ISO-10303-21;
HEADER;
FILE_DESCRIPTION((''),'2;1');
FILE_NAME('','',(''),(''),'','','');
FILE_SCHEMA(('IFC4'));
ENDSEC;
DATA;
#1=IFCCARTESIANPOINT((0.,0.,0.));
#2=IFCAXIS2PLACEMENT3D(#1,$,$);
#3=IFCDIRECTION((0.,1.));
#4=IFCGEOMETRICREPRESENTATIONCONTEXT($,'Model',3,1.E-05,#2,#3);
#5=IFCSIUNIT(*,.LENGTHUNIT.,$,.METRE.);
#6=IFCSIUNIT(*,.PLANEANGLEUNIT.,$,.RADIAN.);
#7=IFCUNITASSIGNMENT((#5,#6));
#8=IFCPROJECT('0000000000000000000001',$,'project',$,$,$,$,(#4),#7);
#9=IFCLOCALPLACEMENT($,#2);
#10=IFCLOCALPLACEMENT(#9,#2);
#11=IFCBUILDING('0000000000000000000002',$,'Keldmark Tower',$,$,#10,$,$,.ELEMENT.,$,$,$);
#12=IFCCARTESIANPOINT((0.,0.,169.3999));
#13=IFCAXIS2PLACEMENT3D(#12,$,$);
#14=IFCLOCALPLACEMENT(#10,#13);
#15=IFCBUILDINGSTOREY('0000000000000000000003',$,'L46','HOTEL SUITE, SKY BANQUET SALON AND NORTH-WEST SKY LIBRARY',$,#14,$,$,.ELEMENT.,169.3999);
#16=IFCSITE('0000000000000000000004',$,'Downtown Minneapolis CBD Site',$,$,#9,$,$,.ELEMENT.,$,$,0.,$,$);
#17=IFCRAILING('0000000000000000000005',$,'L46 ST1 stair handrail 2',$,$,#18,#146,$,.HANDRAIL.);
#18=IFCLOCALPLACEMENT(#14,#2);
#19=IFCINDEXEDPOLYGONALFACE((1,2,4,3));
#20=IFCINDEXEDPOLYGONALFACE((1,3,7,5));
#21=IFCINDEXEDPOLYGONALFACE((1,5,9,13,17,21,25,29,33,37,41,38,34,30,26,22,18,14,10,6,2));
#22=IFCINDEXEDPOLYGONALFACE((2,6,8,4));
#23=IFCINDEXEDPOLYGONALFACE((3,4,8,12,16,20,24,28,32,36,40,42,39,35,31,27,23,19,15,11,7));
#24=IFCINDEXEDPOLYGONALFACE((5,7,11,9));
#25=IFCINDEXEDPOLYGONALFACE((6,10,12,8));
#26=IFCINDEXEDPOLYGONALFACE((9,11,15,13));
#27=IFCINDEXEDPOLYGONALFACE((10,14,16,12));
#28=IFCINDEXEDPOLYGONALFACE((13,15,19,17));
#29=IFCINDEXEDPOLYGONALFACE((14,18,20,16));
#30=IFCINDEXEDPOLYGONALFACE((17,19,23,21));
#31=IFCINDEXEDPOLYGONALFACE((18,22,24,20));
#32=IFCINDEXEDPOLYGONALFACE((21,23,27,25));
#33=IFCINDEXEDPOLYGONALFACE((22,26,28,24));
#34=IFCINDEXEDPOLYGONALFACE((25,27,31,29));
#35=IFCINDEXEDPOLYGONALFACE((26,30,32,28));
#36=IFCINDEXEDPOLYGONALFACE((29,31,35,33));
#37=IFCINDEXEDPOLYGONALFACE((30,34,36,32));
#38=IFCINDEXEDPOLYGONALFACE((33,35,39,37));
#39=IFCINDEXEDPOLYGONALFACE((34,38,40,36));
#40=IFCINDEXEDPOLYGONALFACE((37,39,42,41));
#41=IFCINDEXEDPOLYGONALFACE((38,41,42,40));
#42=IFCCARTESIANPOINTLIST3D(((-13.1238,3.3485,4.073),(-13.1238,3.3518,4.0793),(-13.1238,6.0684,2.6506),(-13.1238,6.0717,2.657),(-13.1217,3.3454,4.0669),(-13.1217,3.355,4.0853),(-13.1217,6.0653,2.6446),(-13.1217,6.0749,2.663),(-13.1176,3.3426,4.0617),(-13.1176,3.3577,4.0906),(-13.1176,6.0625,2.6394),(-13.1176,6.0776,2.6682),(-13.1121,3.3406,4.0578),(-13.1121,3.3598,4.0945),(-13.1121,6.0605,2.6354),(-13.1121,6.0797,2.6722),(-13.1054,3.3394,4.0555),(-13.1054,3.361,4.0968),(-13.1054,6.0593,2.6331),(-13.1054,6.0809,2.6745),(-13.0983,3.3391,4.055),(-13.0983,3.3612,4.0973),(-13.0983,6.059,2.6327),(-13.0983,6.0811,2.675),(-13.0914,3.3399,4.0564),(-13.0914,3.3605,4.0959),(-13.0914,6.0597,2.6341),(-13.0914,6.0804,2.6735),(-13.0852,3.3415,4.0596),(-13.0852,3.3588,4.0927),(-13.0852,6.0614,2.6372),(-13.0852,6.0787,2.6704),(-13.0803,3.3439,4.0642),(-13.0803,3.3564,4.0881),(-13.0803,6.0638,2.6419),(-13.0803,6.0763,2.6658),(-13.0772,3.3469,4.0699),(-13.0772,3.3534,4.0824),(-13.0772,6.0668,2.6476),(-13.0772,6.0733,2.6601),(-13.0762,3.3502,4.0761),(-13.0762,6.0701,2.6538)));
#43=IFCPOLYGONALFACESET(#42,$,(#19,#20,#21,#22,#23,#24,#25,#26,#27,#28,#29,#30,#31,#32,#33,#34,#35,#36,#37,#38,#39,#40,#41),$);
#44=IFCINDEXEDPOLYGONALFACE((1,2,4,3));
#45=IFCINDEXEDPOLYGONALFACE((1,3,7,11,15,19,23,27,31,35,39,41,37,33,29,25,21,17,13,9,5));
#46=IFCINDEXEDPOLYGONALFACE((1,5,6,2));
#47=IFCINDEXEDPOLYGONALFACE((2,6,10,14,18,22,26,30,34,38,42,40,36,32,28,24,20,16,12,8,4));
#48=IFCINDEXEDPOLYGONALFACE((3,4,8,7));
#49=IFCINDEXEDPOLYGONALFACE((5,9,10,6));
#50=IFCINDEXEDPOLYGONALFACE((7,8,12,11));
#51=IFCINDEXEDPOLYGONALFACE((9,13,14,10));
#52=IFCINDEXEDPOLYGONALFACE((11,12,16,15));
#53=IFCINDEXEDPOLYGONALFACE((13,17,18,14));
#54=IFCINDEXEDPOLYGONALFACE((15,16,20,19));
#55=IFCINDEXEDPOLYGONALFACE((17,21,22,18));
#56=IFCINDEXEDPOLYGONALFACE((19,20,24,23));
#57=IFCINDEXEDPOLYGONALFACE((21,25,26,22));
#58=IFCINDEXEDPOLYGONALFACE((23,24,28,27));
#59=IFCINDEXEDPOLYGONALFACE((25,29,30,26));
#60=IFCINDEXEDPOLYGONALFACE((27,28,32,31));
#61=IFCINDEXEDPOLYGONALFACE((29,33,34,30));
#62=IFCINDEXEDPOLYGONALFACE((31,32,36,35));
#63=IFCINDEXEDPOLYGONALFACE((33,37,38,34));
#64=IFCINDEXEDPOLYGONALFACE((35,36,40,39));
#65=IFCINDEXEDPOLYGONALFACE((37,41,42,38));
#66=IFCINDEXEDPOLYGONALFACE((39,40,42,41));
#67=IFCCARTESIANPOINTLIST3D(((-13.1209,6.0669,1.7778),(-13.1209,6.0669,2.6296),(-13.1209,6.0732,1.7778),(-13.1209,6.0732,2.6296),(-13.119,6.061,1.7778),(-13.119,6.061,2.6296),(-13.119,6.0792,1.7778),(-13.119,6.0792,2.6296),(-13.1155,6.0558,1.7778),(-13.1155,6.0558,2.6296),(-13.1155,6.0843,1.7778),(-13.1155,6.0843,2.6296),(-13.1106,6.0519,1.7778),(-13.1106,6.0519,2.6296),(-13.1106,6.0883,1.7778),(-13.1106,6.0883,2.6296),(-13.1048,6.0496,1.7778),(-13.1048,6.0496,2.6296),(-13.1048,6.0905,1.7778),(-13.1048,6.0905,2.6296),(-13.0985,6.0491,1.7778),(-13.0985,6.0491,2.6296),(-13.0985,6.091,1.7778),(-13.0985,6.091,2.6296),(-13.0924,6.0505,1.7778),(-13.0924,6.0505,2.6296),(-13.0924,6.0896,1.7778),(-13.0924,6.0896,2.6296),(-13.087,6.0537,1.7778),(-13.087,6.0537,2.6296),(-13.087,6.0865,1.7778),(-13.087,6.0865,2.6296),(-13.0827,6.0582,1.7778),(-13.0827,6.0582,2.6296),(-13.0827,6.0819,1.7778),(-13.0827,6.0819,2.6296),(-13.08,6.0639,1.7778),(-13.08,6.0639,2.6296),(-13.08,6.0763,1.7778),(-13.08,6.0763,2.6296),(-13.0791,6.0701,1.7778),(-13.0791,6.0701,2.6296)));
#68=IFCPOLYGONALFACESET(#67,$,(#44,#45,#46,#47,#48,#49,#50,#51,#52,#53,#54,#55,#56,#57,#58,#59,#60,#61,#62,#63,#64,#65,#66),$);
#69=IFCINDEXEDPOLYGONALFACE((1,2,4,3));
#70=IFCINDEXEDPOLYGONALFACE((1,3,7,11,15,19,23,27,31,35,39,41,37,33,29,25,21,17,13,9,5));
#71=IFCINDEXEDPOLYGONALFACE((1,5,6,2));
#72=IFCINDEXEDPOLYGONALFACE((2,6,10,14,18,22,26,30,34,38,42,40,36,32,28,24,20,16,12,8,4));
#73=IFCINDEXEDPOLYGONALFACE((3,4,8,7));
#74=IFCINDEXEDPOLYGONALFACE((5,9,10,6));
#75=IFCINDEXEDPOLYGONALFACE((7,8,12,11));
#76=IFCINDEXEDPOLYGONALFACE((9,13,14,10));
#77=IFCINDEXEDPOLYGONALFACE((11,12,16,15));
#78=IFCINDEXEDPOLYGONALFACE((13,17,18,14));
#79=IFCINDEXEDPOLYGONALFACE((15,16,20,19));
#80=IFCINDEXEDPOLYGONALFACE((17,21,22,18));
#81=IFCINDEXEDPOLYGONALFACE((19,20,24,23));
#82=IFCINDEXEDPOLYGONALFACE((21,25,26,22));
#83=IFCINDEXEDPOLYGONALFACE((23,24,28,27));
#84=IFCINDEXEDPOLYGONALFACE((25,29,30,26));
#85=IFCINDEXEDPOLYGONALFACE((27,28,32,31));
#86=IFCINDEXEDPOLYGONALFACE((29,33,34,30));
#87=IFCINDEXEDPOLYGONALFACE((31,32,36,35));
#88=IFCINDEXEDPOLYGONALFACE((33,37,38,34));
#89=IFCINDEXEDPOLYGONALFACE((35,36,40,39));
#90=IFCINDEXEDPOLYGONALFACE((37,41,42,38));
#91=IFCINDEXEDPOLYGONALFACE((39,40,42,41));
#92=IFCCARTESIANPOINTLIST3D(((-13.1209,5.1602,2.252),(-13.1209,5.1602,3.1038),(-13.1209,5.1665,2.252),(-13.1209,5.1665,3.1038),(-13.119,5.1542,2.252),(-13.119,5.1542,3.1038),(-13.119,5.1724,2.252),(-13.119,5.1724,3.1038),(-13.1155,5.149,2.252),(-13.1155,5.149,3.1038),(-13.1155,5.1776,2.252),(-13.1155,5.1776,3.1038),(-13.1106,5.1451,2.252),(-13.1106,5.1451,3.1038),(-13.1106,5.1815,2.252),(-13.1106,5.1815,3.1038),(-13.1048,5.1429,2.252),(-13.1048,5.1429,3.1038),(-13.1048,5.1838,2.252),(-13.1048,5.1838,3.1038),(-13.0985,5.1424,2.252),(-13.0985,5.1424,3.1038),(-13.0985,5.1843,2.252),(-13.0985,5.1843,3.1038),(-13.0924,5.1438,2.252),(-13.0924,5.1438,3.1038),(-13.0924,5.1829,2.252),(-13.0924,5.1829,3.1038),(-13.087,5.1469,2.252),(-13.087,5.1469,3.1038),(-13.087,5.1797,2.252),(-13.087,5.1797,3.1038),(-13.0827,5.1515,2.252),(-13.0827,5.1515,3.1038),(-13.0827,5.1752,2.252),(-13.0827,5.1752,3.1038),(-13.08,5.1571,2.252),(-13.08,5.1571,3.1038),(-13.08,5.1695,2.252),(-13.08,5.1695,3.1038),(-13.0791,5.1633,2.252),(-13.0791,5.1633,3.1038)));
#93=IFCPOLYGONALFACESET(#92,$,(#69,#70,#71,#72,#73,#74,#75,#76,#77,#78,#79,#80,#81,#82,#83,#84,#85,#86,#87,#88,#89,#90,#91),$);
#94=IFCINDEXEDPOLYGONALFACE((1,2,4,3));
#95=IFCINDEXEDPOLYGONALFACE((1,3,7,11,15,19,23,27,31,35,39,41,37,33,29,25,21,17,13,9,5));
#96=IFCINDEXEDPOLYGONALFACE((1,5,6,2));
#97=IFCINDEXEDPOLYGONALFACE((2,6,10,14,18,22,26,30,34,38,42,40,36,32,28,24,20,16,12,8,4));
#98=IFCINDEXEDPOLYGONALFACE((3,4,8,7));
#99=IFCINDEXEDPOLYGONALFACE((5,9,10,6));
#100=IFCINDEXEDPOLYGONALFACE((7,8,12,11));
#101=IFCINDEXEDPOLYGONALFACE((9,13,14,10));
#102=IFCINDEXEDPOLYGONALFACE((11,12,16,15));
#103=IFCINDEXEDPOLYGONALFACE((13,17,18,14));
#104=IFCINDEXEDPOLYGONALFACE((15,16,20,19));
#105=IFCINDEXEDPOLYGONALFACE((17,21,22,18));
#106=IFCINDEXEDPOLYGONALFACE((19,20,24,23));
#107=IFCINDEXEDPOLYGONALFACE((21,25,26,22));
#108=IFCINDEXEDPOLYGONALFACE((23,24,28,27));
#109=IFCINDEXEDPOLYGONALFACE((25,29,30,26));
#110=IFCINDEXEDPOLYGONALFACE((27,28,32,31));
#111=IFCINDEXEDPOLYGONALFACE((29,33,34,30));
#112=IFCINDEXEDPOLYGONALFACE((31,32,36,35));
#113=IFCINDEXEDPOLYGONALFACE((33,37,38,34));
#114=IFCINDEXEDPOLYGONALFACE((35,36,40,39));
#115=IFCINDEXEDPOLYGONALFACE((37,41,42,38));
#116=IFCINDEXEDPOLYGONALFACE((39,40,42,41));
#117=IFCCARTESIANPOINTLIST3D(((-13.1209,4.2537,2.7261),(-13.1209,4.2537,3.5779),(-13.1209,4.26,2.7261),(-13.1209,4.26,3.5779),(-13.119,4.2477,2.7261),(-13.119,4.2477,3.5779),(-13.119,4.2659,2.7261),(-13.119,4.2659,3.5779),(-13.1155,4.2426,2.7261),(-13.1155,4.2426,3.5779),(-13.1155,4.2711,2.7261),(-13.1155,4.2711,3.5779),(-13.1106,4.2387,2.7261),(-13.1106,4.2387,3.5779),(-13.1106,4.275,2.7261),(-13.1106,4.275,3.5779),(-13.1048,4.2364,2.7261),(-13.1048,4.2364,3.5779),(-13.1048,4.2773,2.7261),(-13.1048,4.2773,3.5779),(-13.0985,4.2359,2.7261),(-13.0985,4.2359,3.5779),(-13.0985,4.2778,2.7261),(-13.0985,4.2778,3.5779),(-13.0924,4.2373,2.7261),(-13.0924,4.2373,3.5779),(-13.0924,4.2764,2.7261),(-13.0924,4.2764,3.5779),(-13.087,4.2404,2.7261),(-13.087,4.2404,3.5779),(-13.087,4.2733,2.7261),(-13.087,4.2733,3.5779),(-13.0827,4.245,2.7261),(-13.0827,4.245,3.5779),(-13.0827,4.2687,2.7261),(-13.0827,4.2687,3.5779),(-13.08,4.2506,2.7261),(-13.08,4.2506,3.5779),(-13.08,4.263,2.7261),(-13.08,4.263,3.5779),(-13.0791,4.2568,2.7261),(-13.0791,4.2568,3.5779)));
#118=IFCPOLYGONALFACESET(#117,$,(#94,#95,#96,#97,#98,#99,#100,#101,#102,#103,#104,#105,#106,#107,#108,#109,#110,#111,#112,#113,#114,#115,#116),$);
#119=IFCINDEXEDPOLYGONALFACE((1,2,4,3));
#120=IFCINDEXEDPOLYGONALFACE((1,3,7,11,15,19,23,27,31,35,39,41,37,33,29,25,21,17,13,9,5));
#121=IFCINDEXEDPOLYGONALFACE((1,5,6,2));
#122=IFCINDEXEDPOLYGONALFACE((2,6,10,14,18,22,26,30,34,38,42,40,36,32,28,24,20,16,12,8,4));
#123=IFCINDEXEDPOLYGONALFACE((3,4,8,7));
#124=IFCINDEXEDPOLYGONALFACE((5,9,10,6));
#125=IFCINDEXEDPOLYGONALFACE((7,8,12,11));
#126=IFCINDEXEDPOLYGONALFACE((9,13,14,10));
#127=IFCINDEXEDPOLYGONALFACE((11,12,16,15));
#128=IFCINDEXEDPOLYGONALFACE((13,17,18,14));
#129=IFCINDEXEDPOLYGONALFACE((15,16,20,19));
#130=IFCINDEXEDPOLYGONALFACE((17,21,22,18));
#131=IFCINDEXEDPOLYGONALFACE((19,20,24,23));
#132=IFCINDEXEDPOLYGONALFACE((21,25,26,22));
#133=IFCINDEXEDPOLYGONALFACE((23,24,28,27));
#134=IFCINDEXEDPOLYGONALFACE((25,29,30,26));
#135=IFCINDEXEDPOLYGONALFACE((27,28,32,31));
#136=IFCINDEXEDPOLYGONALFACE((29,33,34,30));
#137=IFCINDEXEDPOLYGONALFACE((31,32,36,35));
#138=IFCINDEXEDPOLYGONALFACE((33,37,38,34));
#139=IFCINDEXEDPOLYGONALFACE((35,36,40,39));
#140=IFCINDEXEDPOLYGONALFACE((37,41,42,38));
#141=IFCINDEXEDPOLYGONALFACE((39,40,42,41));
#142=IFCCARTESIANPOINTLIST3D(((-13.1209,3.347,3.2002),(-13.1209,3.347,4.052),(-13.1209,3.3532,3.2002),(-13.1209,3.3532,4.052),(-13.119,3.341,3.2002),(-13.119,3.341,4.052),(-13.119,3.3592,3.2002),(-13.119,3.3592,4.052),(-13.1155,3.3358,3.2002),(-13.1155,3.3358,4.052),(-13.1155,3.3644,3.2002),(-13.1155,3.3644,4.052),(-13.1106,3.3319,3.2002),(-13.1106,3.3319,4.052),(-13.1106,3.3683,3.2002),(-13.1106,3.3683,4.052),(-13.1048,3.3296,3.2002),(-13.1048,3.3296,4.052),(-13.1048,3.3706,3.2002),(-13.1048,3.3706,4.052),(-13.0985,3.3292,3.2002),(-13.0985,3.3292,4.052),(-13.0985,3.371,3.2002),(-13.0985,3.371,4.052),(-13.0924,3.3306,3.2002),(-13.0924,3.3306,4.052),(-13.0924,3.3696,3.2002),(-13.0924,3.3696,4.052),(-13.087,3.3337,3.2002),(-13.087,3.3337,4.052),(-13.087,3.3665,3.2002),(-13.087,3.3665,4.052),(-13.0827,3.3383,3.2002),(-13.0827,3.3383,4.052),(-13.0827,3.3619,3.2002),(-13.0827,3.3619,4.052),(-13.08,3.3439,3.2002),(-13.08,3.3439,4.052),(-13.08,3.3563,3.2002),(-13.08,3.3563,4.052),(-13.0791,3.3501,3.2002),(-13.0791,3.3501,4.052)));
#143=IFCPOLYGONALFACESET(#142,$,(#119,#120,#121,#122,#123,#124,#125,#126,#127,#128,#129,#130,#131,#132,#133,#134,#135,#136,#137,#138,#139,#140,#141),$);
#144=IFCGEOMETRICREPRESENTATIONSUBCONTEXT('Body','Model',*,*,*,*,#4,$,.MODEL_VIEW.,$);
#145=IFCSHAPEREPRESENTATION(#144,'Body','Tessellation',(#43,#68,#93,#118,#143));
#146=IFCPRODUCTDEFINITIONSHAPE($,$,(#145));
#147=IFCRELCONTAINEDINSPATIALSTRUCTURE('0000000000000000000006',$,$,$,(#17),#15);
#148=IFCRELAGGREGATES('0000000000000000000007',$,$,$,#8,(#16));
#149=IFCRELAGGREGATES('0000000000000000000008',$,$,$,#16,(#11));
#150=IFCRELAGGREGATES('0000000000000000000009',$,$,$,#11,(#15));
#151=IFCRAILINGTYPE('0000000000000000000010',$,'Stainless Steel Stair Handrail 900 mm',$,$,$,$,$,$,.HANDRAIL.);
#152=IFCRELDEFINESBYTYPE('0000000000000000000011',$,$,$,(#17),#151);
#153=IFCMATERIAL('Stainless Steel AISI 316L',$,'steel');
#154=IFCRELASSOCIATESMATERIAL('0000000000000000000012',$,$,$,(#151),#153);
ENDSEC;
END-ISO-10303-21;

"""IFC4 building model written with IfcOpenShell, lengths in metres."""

from ifc_helpers import new_model, si_unit, direction, frame, origin, origin_2d, place, context, subcontext, project, spatial, circle, extrude, material, type_object, element, save


model = new_model("IFC4")

# Units and contexts
model_context = context("Model", 3, precision=1e-05, world=origin(), true_north=direction((0.0, 1.0)))
body_context = subcontext(model_context, "Body", "Model", "MODEL_VIEW")
ifc_project = project(units=[si_unit("LENGTHUNIT", "METRE"), si_unit("PLANEANGLEUNIT", "RADIAN")], contexts=[model_context])

# Site, building, storey
site_placement = place(None, origin())
site = spatial("IfcSite", under=ifc_project, at=site_placement, Name="Downtown Minneapolis CBD Site", CompositionType="ELEMENT", RefElevation=0.0)
building_placement = place(site_placement, origin())
building = spatial("IfcBuilding", under=site, at=building_placement, Name="Keldmark Tower", CompositionType="ELEMENT")
storey_placement = place(building_placement, frame((0.0, 0.0, 169.3999)))
storey = spatial("IfcBuildingStorey", under=building, at=storey_placement, Name="L46", Description="HOTEL SUITE, SKY BANQUET SALON AND NORTH-WEST SKY LIBRARY", CompositionType="ELEMENT", Elevation=169.3999)

# Railing
ifc_material_1 = material(Name="Stainless Steel AISI 316L", Category="steel")
railing_type_1 = type_object("IfcRailingType", Name="Stainless Steel Stair Handrail 900 mm", PredefinedType="HANDRAIL", material=ifc_material_1)
railing_1_placement = place(storey_placement, frame((-13.1001, 6.0701, 1.7778)))
element("IfcRailing", 1, at=railing_1_placement, inside=storey, type_object=railing_type_1, Name="L46 ST1 stair handrail 2", PredefinedType="HANDRAIL", context=body_context, shape_type="SweptSolid", body=[
    extrude(circle(Radius=0.0239, at=origin_2d()), frame((0.0, 0.0, 0.876), z_axis=(0.0, -0.88615, 0.463398), x_axis=(1.0, 0.0, 0.0)), (0.0, 0.0, 1.0), 3.0693),
    extrude(circle(Radius=0.021, at=origin_2d()), origin(), (0.0, 0.0, 1.0), 0.8518),
    extrude(circle(Radius=0.021, at=origin_2d()), frame((0.0, -0.9067, 0.4741)), (0.0, 0.0, 1.0), 0.8518),
    extrude(circle(Radius=0.021, at=origin_2d()), frame((0.0, -1.8132, 0.9482)), (0.0, 0.0, 1.0), 0.8518),
    extrude(circle(Radius=0.021, at=origin_2d()), frame((0.0, -2.72, 1.4224)), (0.0, 0.0, 1.0), 0.8518),
])

save(model, "model.ifc")
